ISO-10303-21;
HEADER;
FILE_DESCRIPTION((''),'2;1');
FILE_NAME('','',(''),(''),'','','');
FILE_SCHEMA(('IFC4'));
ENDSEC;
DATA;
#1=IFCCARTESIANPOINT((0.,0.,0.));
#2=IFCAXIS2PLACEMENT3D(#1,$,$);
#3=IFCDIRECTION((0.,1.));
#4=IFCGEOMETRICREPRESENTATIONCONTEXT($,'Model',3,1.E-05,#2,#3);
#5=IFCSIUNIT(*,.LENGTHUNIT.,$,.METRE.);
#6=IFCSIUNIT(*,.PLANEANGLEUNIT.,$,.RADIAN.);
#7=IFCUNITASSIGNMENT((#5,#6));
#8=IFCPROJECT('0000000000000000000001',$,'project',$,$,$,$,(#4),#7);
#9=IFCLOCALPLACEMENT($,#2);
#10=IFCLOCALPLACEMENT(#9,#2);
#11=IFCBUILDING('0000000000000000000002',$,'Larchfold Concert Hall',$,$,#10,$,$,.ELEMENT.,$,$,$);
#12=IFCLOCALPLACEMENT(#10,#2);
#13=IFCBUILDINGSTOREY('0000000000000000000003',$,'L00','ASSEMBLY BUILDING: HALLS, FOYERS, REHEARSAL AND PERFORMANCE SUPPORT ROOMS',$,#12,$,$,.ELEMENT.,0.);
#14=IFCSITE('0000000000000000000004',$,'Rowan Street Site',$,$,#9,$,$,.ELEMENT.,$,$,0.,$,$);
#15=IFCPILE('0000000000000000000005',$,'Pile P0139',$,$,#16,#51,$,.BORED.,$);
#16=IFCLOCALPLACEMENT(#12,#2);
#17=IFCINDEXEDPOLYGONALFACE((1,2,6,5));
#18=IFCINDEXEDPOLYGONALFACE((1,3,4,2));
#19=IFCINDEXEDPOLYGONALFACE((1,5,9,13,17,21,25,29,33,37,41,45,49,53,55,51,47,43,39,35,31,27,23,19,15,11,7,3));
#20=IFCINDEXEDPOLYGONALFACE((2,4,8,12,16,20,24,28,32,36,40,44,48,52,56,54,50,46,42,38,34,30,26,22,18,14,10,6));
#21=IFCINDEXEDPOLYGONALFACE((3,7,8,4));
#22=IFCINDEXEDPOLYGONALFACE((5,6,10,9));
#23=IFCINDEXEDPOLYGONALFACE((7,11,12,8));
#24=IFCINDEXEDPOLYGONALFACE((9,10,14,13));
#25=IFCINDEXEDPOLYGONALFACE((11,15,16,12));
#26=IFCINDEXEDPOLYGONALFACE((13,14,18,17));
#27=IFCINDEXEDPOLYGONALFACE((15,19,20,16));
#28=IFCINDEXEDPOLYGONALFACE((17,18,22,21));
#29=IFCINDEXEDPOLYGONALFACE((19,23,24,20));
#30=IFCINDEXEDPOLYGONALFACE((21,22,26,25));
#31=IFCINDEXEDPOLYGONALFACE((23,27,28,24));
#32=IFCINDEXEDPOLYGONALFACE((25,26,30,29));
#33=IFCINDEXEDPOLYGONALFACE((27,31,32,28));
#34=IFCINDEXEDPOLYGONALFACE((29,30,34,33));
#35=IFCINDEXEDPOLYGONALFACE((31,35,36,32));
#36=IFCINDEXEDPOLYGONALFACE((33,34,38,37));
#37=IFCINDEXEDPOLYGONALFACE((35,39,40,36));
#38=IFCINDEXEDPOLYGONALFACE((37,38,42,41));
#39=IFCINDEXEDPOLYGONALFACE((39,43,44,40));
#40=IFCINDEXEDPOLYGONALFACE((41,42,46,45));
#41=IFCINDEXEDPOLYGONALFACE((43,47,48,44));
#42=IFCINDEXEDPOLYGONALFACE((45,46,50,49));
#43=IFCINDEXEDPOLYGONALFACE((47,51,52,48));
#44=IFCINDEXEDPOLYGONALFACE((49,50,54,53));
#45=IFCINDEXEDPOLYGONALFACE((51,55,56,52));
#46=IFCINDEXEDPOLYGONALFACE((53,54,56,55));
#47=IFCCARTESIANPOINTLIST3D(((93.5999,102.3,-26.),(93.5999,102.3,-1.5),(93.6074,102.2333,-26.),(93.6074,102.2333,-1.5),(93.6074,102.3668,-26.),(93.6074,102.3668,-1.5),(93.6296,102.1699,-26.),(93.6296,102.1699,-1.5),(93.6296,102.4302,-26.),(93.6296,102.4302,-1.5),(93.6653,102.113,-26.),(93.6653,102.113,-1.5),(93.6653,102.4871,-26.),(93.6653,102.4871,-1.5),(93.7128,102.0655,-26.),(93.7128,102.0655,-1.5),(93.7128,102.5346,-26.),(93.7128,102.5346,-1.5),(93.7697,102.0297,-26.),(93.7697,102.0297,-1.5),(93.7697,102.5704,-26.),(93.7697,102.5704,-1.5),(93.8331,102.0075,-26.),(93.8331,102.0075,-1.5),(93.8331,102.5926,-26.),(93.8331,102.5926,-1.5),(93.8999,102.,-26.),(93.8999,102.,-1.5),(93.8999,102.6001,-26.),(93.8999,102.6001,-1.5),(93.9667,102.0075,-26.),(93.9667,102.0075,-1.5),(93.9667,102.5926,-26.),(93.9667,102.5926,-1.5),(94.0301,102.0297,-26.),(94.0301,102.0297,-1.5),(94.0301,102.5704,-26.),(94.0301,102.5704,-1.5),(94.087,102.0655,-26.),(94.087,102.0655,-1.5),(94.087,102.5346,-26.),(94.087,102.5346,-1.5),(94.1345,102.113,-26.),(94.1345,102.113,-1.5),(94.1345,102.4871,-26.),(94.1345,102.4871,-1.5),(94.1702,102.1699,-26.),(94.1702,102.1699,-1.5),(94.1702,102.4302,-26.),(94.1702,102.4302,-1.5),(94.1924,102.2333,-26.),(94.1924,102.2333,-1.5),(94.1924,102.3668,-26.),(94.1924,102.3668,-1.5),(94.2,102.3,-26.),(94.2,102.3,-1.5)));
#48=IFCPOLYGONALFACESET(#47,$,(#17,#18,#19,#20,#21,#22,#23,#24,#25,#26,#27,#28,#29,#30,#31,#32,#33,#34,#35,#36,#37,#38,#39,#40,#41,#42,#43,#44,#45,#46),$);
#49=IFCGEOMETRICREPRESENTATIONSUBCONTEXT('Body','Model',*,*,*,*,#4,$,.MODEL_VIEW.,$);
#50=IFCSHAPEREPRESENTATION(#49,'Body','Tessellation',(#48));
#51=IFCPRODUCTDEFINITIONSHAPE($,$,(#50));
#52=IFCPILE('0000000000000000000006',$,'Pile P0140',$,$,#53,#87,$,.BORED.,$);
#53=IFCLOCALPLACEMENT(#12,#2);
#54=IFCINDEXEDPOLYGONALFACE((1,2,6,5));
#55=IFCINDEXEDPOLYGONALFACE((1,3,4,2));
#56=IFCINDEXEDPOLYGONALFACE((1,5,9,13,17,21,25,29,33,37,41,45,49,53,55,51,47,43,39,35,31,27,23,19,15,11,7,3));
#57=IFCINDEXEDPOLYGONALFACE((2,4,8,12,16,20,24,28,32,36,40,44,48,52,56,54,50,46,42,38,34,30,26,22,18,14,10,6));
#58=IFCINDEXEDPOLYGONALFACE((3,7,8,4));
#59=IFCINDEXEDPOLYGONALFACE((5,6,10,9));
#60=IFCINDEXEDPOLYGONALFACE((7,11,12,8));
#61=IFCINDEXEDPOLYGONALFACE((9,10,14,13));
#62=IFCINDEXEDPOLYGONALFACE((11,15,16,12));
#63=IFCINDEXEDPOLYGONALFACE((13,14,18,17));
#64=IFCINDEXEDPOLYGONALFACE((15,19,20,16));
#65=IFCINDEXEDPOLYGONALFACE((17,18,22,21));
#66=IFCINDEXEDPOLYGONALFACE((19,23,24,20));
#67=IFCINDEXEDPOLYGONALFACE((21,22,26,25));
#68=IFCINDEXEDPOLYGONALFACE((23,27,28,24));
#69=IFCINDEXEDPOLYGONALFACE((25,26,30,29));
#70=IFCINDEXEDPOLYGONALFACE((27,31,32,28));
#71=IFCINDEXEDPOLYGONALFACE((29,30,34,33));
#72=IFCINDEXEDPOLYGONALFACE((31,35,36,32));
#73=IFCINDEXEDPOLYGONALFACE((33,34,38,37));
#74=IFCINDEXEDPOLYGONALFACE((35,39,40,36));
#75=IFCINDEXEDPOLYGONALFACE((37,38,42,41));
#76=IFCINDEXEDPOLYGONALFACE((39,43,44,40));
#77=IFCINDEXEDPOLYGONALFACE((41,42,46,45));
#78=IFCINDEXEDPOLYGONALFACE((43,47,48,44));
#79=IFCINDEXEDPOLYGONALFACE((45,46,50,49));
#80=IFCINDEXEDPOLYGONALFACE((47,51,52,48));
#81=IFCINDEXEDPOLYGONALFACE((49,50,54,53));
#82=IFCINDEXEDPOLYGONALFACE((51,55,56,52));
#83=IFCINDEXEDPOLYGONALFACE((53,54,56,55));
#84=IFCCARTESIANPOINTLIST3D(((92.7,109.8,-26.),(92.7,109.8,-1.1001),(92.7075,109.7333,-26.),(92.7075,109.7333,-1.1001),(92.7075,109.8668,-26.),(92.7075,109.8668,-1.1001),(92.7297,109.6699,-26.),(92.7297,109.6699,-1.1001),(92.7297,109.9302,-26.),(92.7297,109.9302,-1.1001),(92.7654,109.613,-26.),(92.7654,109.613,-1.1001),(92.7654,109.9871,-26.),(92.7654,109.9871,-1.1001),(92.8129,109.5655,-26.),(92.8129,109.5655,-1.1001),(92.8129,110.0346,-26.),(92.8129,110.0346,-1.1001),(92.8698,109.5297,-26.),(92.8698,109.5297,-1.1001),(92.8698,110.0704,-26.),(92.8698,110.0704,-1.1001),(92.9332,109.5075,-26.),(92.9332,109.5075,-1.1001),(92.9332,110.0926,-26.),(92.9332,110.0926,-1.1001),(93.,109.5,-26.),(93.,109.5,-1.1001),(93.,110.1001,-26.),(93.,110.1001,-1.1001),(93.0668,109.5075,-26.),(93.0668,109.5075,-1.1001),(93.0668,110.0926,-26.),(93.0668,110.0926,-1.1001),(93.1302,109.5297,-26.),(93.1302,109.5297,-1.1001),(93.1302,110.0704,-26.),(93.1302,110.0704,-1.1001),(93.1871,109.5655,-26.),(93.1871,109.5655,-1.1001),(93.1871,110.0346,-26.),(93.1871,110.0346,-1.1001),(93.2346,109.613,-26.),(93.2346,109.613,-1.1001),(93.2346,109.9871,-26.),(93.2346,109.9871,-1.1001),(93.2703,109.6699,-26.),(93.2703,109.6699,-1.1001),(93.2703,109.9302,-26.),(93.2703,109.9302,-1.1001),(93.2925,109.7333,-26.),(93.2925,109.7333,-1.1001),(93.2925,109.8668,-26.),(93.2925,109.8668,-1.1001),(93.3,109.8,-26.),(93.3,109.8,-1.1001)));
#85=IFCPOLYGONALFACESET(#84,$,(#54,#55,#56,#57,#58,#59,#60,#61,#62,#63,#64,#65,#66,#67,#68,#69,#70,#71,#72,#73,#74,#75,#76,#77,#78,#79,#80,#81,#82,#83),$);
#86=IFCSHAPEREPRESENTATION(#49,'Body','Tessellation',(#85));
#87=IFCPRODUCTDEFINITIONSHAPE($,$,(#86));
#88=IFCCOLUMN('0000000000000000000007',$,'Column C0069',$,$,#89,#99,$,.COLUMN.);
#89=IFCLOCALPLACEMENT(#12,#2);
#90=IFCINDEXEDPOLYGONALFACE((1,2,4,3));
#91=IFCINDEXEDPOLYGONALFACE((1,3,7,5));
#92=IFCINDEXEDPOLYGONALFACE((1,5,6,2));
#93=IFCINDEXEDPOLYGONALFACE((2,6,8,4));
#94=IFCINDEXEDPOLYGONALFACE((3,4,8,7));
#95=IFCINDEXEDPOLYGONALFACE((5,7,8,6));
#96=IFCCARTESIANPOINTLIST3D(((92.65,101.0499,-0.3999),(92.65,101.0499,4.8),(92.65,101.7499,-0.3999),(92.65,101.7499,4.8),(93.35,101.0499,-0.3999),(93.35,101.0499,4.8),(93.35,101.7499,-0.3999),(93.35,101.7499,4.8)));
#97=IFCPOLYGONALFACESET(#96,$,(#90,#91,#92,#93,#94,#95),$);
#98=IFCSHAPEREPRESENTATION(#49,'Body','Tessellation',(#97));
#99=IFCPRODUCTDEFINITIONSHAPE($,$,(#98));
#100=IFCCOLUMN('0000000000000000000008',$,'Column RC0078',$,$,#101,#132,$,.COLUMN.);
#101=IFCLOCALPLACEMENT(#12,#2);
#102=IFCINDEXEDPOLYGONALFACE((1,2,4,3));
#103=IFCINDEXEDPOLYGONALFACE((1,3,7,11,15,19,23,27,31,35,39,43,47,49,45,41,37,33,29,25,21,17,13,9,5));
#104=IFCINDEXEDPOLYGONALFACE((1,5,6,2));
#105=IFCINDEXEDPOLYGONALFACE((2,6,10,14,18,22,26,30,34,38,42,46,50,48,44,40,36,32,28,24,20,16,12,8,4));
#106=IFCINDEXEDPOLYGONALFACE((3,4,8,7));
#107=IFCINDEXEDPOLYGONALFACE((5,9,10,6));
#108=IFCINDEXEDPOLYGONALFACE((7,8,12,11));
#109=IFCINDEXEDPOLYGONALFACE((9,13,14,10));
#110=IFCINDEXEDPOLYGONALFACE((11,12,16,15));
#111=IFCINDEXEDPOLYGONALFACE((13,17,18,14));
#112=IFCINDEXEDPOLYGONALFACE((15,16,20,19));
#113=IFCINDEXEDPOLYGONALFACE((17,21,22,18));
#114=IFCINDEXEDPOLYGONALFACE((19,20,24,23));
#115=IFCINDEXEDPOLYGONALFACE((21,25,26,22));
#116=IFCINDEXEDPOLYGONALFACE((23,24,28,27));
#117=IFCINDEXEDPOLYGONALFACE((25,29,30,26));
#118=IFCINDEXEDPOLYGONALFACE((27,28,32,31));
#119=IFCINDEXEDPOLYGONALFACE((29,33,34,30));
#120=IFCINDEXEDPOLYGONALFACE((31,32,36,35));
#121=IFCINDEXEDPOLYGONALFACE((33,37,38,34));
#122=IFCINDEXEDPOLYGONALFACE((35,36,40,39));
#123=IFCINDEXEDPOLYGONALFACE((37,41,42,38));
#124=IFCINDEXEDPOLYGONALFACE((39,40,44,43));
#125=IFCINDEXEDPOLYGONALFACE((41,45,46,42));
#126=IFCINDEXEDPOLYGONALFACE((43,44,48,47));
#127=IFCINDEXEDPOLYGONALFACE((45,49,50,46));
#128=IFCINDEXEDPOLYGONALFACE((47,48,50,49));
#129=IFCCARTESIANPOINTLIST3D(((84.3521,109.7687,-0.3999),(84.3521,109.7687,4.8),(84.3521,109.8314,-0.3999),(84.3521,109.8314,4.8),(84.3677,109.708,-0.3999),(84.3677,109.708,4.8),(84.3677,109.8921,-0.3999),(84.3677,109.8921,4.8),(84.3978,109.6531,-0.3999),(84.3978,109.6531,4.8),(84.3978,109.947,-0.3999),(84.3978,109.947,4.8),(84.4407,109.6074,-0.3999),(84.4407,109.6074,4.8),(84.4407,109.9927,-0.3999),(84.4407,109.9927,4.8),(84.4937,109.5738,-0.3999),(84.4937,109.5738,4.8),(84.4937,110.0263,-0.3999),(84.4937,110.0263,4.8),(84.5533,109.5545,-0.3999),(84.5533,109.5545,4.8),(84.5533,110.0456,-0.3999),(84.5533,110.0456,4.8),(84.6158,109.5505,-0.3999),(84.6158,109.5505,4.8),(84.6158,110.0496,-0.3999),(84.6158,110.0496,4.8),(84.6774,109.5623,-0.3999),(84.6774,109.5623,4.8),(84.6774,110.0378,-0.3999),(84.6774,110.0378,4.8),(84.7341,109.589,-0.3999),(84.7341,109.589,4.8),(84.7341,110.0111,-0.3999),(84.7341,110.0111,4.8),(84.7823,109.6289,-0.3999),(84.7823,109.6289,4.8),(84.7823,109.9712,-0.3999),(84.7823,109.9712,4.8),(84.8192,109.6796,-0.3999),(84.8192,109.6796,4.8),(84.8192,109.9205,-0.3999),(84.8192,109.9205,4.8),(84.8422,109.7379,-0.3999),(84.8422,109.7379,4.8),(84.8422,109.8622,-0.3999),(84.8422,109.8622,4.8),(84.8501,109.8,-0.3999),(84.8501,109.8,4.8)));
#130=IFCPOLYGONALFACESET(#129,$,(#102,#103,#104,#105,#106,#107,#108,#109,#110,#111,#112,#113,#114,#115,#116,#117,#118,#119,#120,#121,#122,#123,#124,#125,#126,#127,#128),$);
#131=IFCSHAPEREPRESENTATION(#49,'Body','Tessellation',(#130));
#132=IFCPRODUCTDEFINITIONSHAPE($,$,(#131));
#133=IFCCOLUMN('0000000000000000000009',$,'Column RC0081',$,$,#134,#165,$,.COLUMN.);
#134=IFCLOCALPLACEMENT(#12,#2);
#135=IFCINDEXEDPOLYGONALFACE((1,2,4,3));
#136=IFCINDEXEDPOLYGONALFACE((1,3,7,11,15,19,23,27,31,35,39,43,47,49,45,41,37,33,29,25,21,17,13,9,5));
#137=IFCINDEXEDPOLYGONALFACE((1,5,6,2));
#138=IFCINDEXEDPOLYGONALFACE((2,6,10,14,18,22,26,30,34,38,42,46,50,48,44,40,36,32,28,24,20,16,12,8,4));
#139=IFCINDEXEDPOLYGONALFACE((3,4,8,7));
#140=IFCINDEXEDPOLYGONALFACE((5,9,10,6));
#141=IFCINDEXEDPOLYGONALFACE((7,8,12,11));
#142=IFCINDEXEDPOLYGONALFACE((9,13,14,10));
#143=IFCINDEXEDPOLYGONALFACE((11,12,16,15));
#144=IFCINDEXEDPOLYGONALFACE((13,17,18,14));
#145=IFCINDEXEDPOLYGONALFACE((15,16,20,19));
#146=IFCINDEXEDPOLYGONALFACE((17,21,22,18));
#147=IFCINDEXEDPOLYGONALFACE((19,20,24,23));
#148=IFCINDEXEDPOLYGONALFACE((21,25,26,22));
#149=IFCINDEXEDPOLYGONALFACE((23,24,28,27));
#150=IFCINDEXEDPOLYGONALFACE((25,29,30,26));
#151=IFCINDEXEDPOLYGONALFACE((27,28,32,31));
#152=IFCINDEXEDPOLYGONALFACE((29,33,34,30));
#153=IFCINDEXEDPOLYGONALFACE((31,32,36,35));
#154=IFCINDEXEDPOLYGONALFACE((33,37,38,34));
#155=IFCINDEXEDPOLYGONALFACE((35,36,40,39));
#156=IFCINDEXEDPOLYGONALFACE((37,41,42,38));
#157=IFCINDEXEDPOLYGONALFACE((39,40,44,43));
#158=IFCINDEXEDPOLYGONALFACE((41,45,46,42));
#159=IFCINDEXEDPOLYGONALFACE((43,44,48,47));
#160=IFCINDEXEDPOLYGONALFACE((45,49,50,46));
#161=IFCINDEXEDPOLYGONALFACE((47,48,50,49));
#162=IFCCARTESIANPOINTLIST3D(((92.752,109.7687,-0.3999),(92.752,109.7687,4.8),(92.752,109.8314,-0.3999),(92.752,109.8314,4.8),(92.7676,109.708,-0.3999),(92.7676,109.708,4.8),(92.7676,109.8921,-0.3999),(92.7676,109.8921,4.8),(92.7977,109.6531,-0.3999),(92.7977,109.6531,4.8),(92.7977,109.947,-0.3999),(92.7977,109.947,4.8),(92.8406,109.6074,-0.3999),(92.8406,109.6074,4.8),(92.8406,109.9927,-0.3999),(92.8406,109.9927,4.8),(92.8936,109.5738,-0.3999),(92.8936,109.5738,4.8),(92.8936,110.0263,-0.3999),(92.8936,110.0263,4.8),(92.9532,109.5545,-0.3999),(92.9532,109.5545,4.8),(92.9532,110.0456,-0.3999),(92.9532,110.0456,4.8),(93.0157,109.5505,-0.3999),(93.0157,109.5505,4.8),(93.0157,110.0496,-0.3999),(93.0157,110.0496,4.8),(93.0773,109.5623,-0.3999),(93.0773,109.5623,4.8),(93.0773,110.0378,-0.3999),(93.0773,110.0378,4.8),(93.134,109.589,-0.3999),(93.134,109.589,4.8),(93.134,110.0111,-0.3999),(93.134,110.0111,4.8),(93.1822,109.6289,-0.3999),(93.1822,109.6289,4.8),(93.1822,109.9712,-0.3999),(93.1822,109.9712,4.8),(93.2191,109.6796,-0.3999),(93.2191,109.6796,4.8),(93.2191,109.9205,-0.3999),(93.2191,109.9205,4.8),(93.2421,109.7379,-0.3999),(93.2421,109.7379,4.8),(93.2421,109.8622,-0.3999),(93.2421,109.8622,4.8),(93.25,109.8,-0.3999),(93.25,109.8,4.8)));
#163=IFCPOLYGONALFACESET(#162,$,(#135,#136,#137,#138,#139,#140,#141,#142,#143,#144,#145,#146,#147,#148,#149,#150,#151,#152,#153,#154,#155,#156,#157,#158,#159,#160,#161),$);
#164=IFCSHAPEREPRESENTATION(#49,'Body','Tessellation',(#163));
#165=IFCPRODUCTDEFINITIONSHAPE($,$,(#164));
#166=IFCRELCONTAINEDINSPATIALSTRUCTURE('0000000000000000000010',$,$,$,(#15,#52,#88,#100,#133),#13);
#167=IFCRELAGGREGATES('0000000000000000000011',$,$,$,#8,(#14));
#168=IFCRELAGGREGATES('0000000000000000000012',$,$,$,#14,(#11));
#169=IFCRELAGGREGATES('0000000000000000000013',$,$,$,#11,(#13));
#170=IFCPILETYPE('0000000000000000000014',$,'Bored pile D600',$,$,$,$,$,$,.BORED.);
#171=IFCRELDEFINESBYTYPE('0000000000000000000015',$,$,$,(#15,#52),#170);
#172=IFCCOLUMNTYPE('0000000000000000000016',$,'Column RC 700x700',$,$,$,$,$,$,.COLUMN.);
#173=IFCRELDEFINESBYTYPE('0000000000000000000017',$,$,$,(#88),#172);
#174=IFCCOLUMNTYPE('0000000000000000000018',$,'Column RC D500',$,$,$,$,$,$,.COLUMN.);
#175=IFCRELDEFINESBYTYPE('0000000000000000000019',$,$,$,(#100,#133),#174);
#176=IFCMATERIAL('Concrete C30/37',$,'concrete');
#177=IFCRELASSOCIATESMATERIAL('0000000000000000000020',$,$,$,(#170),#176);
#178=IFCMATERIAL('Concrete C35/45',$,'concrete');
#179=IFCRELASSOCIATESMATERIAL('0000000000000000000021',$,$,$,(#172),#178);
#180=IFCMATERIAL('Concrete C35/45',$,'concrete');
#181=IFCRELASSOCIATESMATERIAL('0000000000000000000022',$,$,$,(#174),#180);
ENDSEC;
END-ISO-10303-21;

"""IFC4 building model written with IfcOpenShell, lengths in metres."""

from ifc_helpers import new_model, si_unit, direction, frame, origin, origin_2d, place, context, subcontext, project, spatial, rectangle, circle, extrude, material, material_profile, profile_set, type_object, element, save


model = new_model("IFC4")

# Units and contexts
model_context = context("Model", 3, precision=1e-05, world=origin(), true_north=direction((0.0, 1.0)))
body_context = subcontext(model_context, "Body", "Model", "MODEL_VIEW")
ifc_project = project(units=[si_unit("LENGTHUNIT", "METRE"), si_unit("PLANEANGLEUNIT", "RADIAN")], contexts=[model_context])

# Site, building, storey
site_placement = place(None, origin())
site = spatial("IfcSite", under=ifc_project, at=site_placement, Name="Rowan Street Site", CompositionType="ELEMENT", RefElevation=0.0)
building_placement = place(site_placement, origin())
building = spatial("IfcBuilding", under=site, at=building_placement, Name="Larchfold Concert Hall", CompositionType="ELEMENT")
storey_placement = place(building_placement, origin())
storey = spatial("IfcBuildingStorey", under=building, at=storey_placement, Name="L00", Description="ASSEMBLY BUILDING: HALLS, FOYERS, REHEARSAL AND PERFORMANCE SUPPORT ROOMS", CompositionType="ELEMENT", Elevation=0.0)

# Piles
ifc_material_1 = material(Name="Concrete C30/37", Category="concrete")
ifc_material_profile_1 = material_profile(ifc_material_1, circle(Radius=0.3, at=origin_2d()))
ifc_profile_set_1 = profile_set([ifc_material_profile_1], Name="Concrete C30/37")
pile_type = type_object("IfcPileType", Name="Bored pile D600", PredefinedType="BORED", material=ifc_profile_set_1)
for number, where, z_axis, x_axis, name in (
    (1, (93.8999, 102.3, -1.5), (0.0, 0.0, -1.0), (1.0, 0.0, 0.0), "Pile P0139"),
):
    element("IfcPile", number, at=place(storey_placement, frame(where, z_axis=z_axis, x_axis=x_axis)), inside=storey, type_object=pile_type, Name=name, PredefinedType="BORED", context=body_context, shape_type="SweptSolid", body=[
        extrude(circle(Radius=0.3, at=origin_2d()), origin(), (0.0, 0.0, 1.0), 24.5),
    ])
pile_1_placement = place(storey_placement, frame((93.0, 109.8, -1.1001), z_axis=(0.0, 0.0, -1.0), x_axis=(1.0, 0.0, 0.0)))
element("IfcPile", 2, at=pile_1_placement, inside=storey, type_object=pile_type, Name="Pile P0140", PredefinedType="BORED", context=body_context, shape_type="SweptSolid", body=[
    extrude(circle(Radius=0.3, at=origin_2d()), origin(), (0.0, 0.0, 1.0), 24.8999),
])

# Columns
ifc_material_2 = material(Name="Concrete C35/45", Category="concrete")
ifc_material_profile_2 = material_profile(ifc_material_2, rectangle(XDim=0.7, YDim=0.7, at=origin_2d()))
ifc_profile_set_2 = profile_set([ifc_material_profile_2], Name="Concrete C35/45")
column_type_1 = type_object("IfcColumnType", Name="Column RC 700x700", PredefinedType="COLUMN", material=ifc_profile_set_2)
column_placement = place(storey_placement, frame((93.0, 101.3999, -0.3999), z_axis=(0.0, 0.0, 1.0), x_axis=(1.0, 0.0, 0.0)))
element("IfcColumn", 3, at=column_placement, inside=storey, type_object=column_type_1, Name="Column C0069", PredefinedType="COLUMN", context=body_context, shape_type="SweptSolid", body=[
    extrude(rectangle(XDim=0.7, YDim=0.7, at=origin_2d()), origin(), (0.0, 0.0, 1.0), 5.2),
])
ifc_material_3 = material(Name="Concrete C35/45", Category="concrete")
ifc_material_profile_3 = material_profile(ifc_material_3, circle(Radius=0.25, at=origin_2d()))
ifc_profile_set_3 = profile_set([ifc_material_profile_3], Name="Concrete C35/45")
column_type_2 = type_object("IfcColumnType", Name="Column RC D500", PredefinedType="COLUMN", material=ifc_profile_set_3)
for number, where, z_axis, x_axis, name in (
    (4, (84.6001, 109.8, -0.3999), (0.0, 0.0, 1.0), (1.0, 0.0, 0.0), "Column RC0078"),
    (5, (93.0, 109.8, -0.3999), (0.0, 0.0, 1.0), (1.0, 0.0, 0.0), "Column RC0081"),
):
    element("IfcColumn", number, at=place(storey_placement, frame(where, z_axis=z_axis, x_axis=x_axis)), inside=storey, type_object=column_type_2, Name=name, PredefinedType="COLUMN", context=body_context, shape_type="SweptSolid", body=[
        extrude(circle(Radius=0.25, at=origin_2d()), origin(), (0.0, 0.0, 1.0), 5.2),
    ])

save(model, "model.ifc")
